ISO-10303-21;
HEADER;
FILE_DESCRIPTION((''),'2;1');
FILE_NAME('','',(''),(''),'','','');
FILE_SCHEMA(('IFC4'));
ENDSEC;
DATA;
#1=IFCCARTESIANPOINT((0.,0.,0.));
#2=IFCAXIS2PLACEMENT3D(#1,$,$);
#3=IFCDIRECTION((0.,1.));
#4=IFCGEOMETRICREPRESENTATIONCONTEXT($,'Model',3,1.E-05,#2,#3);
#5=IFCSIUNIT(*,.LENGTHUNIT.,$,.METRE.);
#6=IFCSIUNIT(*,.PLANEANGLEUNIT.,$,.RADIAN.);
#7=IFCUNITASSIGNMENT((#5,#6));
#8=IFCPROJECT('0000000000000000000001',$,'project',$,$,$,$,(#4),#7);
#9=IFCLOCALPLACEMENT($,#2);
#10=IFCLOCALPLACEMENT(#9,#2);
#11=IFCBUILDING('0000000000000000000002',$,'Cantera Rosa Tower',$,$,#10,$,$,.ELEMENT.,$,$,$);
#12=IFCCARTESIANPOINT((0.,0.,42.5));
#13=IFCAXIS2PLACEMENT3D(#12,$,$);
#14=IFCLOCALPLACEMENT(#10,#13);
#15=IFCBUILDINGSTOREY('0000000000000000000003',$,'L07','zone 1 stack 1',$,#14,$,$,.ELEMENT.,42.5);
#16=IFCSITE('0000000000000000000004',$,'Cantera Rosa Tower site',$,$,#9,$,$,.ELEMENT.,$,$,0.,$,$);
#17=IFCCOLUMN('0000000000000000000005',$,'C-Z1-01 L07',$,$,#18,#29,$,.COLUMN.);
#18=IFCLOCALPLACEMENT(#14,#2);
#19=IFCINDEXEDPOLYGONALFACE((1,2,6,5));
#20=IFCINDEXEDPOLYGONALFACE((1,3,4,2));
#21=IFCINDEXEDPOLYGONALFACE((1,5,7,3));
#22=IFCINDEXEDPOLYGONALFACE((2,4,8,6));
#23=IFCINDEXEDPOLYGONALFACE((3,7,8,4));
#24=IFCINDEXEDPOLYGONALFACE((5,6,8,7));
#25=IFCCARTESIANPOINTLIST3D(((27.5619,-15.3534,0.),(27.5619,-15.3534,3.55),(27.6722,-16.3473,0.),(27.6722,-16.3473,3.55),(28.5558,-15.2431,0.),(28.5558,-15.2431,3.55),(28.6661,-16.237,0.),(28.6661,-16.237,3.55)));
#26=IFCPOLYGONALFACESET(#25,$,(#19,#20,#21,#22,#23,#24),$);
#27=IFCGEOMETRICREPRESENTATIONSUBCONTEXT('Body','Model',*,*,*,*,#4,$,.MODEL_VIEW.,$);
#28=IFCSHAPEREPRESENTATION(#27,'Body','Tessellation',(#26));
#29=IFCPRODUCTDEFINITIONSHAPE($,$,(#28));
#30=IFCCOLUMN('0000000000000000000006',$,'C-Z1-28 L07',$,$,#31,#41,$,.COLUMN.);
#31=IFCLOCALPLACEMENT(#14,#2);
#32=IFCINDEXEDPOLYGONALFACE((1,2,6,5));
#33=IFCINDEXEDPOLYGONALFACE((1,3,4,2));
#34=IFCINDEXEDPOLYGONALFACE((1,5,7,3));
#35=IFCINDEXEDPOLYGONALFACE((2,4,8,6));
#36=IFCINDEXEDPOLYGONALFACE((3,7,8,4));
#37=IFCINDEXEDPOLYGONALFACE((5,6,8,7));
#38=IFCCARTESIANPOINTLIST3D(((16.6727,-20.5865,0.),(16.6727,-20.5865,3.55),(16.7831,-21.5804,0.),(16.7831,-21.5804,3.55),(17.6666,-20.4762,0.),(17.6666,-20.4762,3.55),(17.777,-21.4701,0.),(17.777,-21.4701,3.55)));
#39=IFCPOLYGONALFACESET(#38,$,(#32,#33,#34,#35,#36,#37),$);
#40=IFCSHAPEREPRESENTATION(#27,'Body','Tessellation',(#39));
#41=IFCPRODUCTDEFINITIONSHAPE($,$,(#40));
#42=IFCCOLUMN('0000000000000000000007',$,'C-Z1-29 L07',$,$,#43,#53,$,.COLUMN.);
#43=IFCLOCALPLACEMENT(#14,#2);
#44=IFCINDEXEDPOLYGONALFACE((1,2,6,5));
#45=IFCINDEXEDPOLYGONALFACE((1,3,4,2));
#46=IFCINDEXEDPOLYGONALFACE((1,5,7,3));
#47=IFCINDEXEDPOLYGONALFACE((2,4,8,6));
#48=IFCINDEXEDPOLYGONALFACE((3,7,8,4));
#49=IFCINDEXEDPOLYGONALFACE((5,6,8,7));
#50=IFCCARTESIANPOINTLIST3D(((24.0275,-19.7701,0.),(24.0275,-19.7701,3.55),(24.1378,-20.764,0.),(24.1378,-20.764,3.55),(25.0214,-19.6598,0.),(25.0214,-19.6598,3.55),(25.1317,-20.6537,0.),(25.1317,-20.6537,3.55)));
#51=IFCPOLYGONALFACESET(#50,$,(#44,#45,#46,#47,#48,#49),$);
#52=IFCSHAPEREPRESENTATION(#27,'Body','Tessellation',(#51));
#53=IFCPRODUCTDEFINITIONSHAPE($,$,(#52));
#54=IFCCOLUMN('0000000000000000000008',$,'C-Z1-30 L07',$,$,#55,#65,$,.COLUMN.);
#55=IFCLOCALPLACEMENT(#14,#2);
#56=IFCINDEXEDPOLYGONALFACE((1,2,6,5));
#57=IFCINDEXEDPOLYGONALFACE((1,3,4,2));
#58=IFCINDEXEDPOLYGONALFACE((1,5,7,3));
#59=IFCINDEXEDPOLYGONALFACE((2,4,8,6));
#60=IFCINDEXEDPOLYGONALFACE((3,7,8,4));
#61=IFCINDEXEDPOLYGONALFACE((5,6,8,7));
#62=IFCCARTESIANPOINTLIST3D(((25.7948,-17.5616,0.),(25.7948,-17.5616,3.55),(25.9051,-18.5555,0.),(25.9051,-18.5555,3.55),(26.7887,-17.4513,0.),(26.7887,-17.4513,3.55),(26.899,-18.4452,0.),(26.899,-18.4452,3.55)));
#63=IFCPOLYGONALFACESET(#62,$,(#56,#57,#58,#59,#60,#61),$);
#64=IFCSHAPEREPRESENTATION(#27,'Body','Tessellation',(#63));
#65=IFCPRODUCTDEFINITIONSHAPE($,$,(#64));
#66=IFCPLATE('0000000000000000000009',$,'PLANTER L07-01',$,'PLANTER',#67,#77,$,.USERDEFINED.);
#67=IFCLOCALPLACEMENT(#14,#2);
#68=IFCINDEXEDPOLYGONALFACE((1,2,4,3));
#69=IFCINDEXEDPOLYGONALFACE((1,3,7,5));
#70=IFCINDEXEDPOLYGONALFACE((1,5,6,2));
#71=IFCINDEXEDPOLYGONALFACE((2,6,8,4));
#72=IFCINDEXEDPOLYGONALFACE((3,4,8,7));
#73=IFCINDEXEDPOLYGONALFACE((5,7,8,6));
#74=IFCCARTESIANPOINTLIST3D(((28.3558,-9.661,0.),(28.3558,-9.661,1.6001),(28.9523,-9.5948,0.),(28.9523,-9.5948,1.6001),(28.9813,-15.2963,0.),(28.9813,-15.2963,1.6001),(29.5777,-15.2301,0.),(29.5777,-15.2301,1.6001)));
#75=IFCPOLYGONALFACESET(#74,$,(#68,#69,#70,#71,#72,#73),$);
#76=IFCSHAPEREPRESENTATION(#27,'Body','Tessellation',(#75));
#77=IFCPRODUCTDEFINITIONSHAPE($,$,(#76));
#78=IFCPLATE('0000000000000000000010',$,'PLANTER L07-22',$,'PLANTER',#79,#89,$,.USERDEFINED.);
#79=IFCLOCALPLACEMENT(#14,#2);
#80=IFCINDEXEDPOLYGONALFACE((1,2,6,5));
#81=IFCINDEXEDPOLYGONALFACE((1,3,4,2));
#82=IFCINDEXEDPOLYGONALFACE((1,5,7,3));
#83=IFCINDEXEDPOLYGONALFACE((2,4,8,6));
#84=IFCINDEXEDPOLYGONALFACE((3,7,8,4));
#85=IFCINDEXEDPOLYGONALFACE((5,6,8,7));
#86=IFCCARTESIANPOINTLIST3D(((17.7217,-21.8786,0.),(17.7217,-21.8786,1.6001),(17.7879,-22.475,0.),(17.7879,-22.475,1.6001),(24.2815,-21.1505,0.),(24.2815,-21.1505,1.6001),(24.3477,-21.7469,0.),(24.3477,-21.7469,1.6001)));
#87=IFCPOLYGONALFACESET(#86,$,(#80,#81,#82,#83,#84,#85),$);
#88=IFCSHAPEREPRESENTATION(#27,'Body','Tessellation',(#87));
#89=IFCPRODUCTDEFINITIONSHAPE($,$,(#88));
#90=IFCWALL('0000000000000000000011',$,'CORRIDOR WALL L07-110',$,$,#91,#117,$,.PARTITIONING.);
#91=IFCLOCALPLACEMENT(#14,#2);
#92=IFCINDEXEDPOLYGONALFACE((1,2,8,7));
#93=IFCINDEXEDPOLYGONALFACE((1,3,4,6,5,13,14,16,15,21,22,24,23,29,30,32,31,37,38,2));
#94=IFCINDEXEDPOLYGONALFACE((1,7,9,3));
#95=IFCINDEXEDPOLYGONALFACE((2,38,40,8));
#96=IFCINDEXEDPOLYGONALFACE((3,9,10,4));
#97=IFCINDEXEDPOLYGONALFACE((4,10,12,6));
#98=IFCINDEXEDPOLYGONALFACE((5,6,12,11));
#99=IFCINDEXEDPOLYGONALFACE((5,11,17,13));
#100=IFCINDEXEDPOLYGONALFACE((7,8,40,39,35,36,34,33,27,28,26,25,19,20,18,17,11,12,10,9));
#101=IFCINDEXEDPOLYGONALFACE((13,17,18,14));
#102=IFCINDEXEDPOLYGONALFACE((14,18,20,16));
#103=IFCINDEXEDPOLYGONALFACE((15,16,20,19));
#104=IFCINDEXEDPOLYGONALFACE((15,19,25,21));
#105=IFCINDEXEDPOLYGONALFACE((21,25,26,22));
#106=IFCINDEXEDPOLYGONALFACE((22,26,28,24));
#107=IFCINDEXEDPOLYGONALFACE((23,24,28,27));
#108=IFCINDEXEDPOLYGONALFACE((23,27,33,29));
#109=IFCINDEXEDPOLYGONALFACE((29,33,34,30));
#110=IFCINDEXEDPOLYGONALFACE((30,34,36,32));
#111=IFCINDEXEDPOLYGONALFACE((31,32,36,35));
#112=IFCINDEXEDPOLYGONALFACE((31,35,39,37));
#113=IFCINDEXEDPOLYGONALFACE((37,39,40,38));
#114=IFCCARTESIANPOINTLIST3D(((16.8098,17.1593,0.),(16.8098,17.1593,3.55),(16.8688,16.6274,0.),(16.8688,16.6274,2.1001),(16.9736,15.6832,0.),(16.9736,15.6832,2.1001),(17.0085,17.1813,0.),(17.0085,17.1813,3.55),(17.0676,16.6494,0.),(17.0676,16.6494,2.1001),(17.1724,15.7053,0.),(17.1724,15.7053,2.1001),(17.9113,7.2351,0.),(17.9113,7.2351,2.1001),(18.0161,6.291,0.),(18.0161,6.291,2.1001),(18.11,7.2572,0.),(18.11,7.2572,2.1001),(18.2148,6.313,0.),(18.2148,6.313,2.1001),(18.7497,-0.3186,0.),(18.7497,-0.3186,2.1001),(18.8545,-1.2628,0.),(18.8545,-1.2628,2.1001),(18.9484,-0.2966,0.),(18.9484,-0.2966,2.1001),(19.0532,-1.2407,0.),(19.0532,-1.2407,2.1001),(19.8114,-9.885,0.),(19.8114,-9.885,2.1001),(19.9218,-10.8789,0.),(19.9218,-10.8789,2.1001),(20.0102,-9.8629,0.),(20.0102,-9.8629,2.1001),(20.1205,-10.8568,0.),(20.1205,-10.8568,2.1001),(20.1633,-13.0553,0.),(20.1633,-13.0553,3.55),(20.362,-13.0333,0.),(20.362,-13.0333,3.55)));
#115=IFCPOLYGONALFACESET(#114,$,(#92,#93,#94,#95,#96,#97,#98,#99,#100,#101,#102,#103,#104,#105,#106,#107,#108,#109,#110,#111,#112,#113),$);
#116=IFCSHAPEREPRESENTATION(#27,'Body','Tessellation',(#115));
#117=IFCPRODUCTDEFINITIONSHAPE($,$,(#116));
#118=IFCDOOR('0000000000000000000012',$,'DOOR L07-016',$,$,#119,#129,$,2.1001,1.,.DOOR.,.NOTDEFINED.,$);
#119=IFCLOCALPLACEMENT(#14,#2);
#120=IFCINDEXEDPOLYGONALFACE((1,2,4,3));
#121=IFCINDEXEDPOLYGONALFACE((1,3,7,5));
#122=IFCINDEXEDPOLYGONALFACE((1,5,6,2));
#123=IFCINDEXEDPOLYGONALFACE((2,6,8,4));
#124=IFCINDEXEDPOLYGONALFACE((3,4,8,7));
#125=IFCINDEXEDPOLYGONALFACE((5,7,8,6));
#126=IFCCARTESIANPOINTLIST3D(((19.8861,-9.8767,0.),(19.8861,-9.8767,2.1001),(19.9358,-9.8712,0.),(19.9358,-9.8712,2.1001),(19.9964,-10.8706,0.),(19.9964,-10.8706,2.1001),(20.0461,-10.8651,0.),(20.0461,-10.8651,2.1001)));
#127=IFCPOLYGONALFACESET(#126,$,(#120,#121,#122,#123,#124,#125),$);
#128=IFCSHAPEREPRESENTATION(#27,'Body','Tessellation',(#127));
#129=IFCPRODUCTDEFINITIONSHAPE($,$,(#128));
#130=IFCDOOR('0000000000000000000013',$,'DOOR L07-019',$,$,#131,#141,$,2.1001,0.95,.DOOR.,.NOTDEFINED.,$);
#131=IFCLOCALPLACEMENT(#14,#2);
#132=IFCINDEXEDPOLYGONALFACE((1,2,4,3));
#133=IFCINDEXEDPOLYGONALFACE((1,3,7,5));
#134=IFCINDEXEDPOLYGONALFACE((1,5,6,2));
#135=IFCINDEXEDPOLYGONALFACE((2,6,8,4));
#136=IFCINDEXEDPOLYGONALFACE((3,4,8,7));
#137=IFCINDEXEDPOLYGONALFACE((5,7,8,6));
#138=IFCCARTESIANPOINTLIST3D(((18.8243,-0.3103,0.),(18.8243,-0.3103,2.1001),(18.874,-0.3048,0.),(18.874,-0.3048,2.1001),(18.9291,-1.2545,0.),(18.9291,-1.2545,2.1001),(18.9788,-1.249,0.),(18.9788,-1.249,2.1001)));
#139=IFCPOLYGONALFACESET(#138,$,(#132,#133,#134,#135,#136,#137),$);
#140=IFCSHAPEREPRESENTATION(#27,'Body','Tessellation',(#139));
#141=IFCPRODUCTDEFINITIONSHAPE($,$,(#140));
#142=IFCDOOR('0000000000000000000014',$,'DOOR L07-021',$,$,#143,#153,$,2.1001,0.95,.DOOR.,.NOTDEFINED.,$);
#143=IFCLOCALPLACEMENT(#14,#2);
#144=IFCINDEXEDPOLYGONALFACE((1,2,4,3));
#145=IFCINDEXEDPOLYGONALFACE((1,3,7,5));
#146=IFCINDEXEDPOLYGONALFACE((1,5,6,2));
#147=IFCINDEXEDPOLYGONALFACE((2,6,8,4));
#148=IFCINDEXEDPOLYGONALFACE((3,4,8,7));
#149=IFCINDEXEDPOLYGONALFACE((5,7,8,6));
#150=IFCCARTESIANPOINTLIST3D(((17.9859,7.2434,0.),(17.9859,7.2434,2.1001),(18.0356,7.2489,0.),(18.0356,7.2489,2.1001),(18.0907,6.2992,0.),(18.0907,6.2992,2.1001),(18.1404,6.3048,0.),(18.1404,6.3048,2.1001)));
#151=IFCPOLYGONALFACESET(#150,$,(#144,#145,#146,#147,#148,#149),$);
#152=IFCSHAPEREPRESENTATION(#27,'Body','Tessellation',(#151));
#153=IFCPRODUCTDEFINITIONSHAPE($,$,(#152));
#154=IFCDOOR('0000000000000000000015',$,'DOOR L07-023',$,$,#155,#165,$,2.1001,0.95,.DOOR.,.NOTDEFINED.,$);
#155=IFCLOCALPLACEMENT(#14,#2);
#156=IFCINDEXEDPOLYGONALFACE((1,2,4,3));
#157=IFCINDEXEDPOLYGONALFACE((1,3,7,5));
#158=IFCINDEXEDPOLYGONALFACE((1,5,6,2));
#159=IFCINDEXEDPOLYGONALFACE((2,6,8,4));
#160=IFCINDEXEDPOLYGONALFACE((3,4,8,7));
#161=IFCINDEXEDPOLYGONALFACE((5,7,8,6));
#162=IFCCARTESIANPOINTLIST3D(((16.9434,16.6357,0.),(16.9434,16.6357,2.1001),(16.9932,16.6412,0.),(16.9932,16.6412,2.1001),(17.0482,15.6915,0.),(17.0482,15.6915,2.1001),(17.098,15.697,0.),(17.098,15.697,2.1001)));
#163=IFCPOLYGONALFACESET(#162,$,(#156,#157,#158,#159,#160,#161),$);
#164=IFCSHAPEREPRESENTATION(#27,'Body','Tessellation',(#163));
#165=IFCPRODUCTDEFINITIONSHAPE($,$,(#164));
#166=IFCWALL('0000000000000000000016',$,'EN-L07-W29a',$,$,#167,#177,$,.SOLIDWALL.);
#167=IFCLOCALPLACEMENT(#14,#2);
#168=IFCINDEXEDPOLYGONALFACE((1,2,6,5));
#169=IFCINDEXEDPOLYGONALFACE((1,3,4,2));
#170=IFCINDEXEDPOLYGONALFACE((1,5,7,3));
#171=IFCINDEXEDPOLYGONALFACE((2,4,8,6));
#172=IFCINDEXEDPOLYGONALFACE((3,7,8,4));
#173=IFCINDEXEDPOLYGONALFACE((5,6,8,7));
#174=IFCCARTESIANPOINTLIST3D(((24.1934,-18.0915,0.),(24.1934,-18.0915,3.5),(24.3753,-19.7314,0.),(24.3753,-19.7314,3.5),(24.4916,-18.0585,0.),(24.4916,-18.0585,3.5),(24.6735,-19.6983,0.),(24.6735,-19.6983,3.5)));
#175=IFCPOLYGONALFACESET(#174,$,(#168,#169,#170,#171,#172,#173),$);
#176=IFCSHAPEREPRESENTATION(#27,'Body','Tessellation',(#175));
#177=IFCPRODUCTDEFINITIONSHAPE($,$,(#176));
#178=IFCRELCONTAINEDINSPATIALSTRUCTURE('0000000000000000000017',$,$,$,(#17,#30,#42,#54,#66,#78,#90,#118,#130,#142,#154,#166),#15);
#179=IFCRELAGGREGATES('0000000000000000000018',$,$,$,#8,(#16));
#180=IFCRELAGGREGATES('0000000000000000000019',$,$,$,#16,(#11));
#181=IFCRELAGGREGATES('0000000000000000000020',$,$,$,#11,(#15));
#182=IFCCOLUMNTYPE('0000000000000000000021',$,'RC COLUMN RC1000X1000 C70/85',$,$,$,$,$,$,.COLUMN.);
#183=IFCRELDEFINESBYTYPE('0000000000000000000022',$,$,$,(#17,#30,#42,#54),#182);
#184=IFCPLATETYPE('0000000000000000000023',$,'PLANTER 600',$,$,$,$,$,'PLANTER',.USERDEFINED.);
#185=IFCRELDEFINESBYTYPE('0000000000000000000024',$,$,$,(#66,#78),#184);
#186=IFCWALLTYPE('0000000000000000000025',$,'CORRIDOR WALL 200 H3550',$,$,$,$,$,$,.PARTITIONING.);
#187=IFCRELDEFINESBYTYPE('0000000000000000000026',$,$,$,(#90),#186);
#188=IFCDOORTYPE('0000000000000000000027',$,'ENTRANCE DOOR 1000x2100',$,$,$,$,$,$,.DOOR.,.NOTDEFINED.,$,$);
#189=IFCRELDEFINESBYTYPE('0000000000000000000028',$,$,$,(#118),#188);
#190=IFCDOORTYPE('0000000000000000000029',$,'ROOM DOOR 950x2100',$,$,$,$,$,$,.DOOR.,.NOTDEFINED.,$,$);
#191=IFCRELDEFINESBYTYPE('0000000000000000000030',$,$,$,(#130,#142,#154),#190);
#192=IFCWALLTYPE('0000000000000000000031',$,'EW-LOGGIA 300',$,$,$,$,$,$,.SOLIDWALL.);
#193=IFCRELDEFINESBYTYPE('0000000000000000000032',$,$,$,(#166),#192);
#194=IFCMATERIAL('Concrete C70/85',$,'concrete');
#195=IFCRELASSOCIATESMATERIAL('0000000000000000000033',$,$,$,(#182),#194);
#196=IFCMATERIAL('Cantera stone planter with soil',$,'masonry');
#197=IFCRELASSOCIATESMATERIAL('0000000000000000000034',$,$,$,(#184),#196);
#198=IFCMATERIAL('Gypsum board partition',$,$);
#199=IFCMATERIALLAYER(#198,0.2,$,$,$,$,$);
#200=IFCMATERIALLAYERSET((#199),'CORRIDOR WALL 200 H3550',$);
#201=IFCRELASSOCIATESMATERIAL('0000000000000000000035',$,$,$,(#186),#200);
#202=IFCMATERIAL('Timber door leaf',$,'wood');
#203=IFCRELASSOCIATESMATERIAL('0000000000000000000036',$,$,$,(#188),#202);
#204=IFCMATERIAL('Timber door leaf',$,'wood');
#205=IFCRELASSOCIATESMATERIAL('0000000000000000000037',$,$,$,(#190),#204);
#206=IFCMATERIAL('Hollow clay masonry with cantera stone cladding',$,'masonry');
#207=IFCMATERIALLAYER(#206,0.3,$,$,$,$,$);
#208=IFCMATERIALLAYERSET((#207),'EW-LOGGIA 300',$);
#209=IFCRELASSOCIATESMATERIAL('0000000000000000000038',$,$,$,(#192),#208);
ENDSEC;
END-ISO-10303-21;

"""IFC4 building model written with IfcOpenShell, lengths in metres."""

from ifc_helpers import new_model, si_unit, direction, frame, frame_2d, origin, origin_2d, place, context, subcontext, project, spatial, rectangle, extrude, material, layer, layer_set, material_profile, profile_set, type_object, element, fill, save


model = new_model("IFC4")

# Units and contexts
model_context = context("Model", 3, precision=1e-05, world=origin(), true_north=direction((0.0, 1.0)))
body_context = subcontext(model_context, "Body", "Model", "MODEL_VIEW")
ifc_project = project(units=[si_unit("LENGTHUNIT", "METRE"), si_unit("PLANEANGLEUNIT", "RADIAN")], contexts=[model_context])

# Site, building, storey
site_placement = place(None, origin())
site = spatial("IfcSite", under=ifc_project, at=site_placement, Name="Cantera Rosa Tower site", CompositionType="ELEMENT", RefElevation=0.0)
building_placement = place(site_placement, origin())
building = spatial("IfcBuilding", under=site, at=building_placement, Name="Cantera Rosa Tower", CompositionType="ELEMENT")
storey_placement = place(building_placement, frame((0.0, 0.0, 42.5)))
storey = spatial("IfcBuildingStorey", under=building, at=storey_placement, Name="L07", Description="zone 1 stack 1", CompositionType="ELEMENT", Elevation=42.5)

# Columns
ifc_material_1 = material(Name="Concrete C70/85", Category="concrete")
ifc_material_profile = material_profile(ifc_material_1, rectangle(XDim=1.0, YDim=1.0, at=origin_2d()), Name="RC COLUMN RC1000X1000 C70/85")
ifc_profile_set = profile_set([ifc_material_profile], Name="Concrete C70/85")
column_type = type_object("IfcColumnType", Name="RC COLUMN RC1000X1000 C70/85", PredefinedType="COLUMN", material=ifc_profile_set)
for number, where, z_axis, x_axis, name in (
    (1, (28.114, -15.7952, 0.0), (0.0, 0.0, 1.0), (0.993897, 0.110313, 0.0), "C-Z1-01 L07"),
    (2, (17.2249, -21.0283, 0.0), (0.0, 0.0, 1.0), (0.993897, 0.110313, 0.0), "C-Z1-28 L07"),
    (3, (24.5796, -20.2119, 0.0), (0.0, 0.0, 1.0), (0.993897, 0.110313, 0.0), "C-Z1-29 L07"),
    (4, (26.3469, -18.0034, 0.0), (0.0, 0.0, 1.0), (0.993897, 0.110313, 0.0), "C-Z1-30 L07"),
):
    element("IfcColumn", number, at=place(storey_placement, frame(where, z_axis=z_axis, x_axis=x_axis)), inside=storey, type_object=column_type, Name=name, PredefinedType="COLUMN", context=body_context, shape_type="SweptSolid", body=[
        extrude(rectangle(XDim=1.0, YDim=1.0, at=origin_2d()), origin(), (0.0, 0.0, 1.0), 3.55),
    ])

# Plates
ifc_material_2 = material(Name="Cantera stone planter with soil", Category="masonry")
plate_type = type_object("IfcPlateType", Name="PLANTER 600", ElementType="PLANTER", PredefinedType="USERDEFINED", material=ifc_material_2)
plate_1_placement = place(storey_placement, frame((28.9668, -12.4456, 0.0), z_axis=(0.0, 0.0, 1.0), x_axis=(-0.110313, 0.993897, 0.0)))
element("IfcPlate", 5, at=plate_1_placement, inside=storey, type_object=plate_type, Name="PLANTER L07-01", ObjectType="PLANTER", PredefinedType="USERDEFINED", context=body_context, shape_type="SweptSolid", body=[
    extrude(rectangle(XDim=5.6699, YDim=0.6001, at=origin_2d()), origin(), (0.0, 0.0, 1.0), 1.6001),
])
plate_2_placement = place(storey_placement, frame((21.0347, -21.8127, 0.0), z_axis=(0.0, 0.0, 1.0), x_axis=(0.993897, 0.110313, 0.0)))
element("IfcPlate", 6, at=plate_2_placement, inside=storey, type_object=plate_type, Name="PLANTER L07-22", ObjectType="PLANTER", PredefinedType="USERDEFINED", context=body_context, shape_type="SweptSolid", body=[
    extrude(rectangle(XDim=6.6001, YDim=0.6001, at=origin_2d()), origin(), (0.0, 0.0, 1.0), 1.6001),
])

# Wall, openings, doors
ifc_material_3 = material(Name="Gypsum board partition")
ifc_layer_1 = layer(ifc_material_3, 0.2)
ifc_layer_set_1 = layer_set([ifc_layer_1], Name="CORRIDOR WALL 200 H3550")
wall_type_1 = type_object("IfcWallType", Name="CORRIDOR WALL 200 H3550", PredefinedType="PARTITIONING", material=ifc_layer_set_1)
wall_1_placement = place(storey_placement, frame((20.2627, -13.0444, 0.0), z_axis=(0.0, 0.0, 1.0), x_axis=(-0.110313, 0.993897, 0.0)))
wall_1 = element("IfcWall", 7, at=wall_1_placement, inside=storey, type_object=wall_type_1, Name="CORRIDOR WALL L07-110", PredefinedType="PARTITIONING", context=body_context, shape_type="SweptSolid", body=[
    extrude(rectangle(XDim=30.4001, YDim=0.2, at=frame_2d((15.2002, 0.0))), origin(), (0.0, 0.0, 1.0), 3.55),
])
opening_1_placement = place(wall_1_placement, frame((2.1899, 0.0, 0.0)))
opening_1 = element("IfcOpeningElement", 8, at=opening_1_placement, cuts=wall_1, PredefinedType="OPENING", context=body_context, shape_type="SweptSolid", body=[
    extrude(rectangle(XDim=1.0, YDim=2.1001, at=frame_2d((0.5, 1.05))), frame((0.0, 0.1099, 0.0), z_axis=(0.0, -1.0, 0.0), x_axis=(1.0, 0.0, 0.0)), (0.0, 0.0, 1.0), 0.22),
])
opening_2_placement = place(wall_1_placement, frame((11.865, 0.0, 0.0)))
opening_2 = element("IfcOpeningElement", 9, at=opening_2_placement, cuts=wall_1, PredefinedType="OPENING", context=body_context, shape_type="SweptSolid", body=[
    extrude(rectangle(XDim=0.95, YDim=2.1001, at=frame_2d((0.4751, 1.05))), frame((0.0, 0.1099, 0.0), z_axis=(0.0, -1.0, 0.0), x_axis=(1.0, 0.0, 0.0)), (0.0, 0.0, 1.0), 0.22),
])
opening_3_placement = place(wall_1_placement, frame((19.4651, 0.0, 0.0)))
opening_3 = element("IfcOpeningElement", 10, at=opening_3_placement, cuts=wall_1, PredefinedType="OPENING", context=body_context, shape_type="SweptSolid", body=[
    extrude(rectangle(XDim=0.95, YDim=2.1001, at=frame_2d((0.4751, 1.05))), frame((0.0, 0.1099, 0.0), z_axis=(0.0, -1.0, 0.0), x_axis=(1.0, 0.0, 0.0)), (0.0, 0.0, 1.0), 0.22),
])
opening_4_placement = place(wall_1_placement, frame((28.915, 0.0, 0.0)))
opening_4 = element("IfcOpeningElement", 11, at=opening_4_placement, cuts=wall_1, PredefinedType="OPENING", context=body_context, shape_type="SweptSolid", body=[
    extrude(rectangle(XDim=0.95, YDim=2.1001, at=frame_2d((0.4751, 1.05))), frame((0.0, 0.1099, 0.0), z_axis=(0.0, -1.0, 0.0), x_axis=(1.0, 0.0, 0.0)), (0.0, 0.0, 1.0), 0.22),
])
ifc_material_4 = material(Name="Timber door leaf", Category="wood")
door_type_1 = type_object("IfcDoorType", Name="ENTRANCE DOOR 1000x2100", OperationType="NOTDEFINED", PredefinedType="DOOR", material=ifc_material_4)
door_1_placement = place(opening_1_placement, origin())
door_1 = element("IfcDoor", 12, at=door_1_placement, inside=storey, type_object=door_type_1, Name="DOOR L07-016", OperationType="NOTDEFINED", OverallHeight=2.1001, OverallWidth=1.0, PredefinedType="DOOR", context=body_context, shape_type="SweptSolid", body=[
    extrude(rectangle(XDim=1.0, YDim=2.1001, at=frame_2d((0.5, 1.05))), frame((0.0, 0.0249, 0.0), z_axis=(0.0, -1.0, 0.0), x_axis=(1.0, 0.0, 0.0)), (0.0, 0.0, 1.0), 0.05),
])
fill(opening_1, door_1)
ifc_material_5 = material(Name="Timber door leaf", Category="wood")
door_type_2 = type_object("IfcDoorType", Name="ROOM DOOR 950x2100", OperationType="NOTDEFINED", PredefinedType="DOOR", material=ifc_material_5)
door_2_placement = place(opening_2_placement, origin())
door_2 = element("IfcDoor", 13, at=door_2_placement, inside=storey, type_object=door_type_2, Name="DOOR L07-019", OperationType="NOTDEFINED", OverallHeight=2.1001, OverallWidth=0.95, PredefinedType="DOOR", context=body_context, shape_type="SweptSolid", body=[
    extrude(rectangle(XDim=0.95, YDim=2.1001, at=frame_2d((0.4751, 1.05))), frame((0.0, 0.0249, 0.0), z_axis=(0.0, -1.0, 0.0), x_axis=(1.0, 0.0, 0.0)), (0.0, 0.0, 1.0), 0.05),
])
fill(opening_2, door_2)
door_3_placement = place(opening_3_placement, origin())
door_3 = element("IfcDoor", 14, at=door_3_placement, inside=storey, type_object=door_type_2, Name="DOOR L07-021", OperationType="NOTDEFINED", OverallHeight=2.1001, OverallWidth=0.95, PredefinedType="DOOR", context=body_context, shape_type="SweptSolid", body=[
    extrude(rectangle(XDim=0.95, YDim=2.1001, at=frame_2d((0.4751, 1.05))), frame((0.0, 0.0249, 0.0), z_axis=(0.0, -1.0, 0.0), x_axis=(1.0, 0.0, 0.0)), (0.0, 0.0, 1.0), 0.05),
])
fill(opening_3, door_3)
door_4_placement = place(opening_4_placement, origin())
door_4 = element("IfcDoor", 15, at=door_4_placement, inside=storey, type_object=door_type_2, Name="DOOR L07-023", OperationType="NOTDEFINED", OverallHeight=2.1001, OverallWidth=0.95, PredefinedType="DOOR", context=body_context, shape_type="SweptSolid", body=[
    extrude(rectangle(XDim=0.95, YDim=2.1001, at=frame_2d((0.4751, 1.05))), frame((0.0, 0.0249, 0.0), z_axis=(0.0, -1.0, 0.0), x_axis=(1.0, 0.0, 0.0)), (0.0, 0.0, 1.0), 0.05),
])
fill(opening_4, door_4)

# Wall
ifc_material_6 = material(Name="Hollow clay masonry with cantera stone cladding", Category="masonry")
ifc_layer_2 = layer(ifc_material_6, 0.3)
ifc_layer_set_2 = layer_set([ifc_layer_2], Name="EW-LOGGIA 300")
wall_type_2 = type_object("IfcWallType", Name="EW-LOGGIA 300", PredefinedType="SOLIDWALL", material=ifc_layer_set_2)
wall_2_placement = place(storey_placement, frame((24.5244, -19.7148, 0.0), z_axis=(0.0, 0.0, 1.0), x_axis=(-0.110237, 0.993905, 0.0)))
element("IfcWall", 16, at=wall_2_placement, inside=storey, type_object=wall_type_2, Name="EN-L07-W29a", PredefinedType="SOLIDWALL", context=body_context, shape_type="SweptSolid", body=[
    extrude(rectangle(XDim=1.6499, YDim=0.3, at=frame_2d((0.825, 0.0))), origin(), (0.0, 0.0, 1.0), 3.5),
])

save(model, "model.ifc")
